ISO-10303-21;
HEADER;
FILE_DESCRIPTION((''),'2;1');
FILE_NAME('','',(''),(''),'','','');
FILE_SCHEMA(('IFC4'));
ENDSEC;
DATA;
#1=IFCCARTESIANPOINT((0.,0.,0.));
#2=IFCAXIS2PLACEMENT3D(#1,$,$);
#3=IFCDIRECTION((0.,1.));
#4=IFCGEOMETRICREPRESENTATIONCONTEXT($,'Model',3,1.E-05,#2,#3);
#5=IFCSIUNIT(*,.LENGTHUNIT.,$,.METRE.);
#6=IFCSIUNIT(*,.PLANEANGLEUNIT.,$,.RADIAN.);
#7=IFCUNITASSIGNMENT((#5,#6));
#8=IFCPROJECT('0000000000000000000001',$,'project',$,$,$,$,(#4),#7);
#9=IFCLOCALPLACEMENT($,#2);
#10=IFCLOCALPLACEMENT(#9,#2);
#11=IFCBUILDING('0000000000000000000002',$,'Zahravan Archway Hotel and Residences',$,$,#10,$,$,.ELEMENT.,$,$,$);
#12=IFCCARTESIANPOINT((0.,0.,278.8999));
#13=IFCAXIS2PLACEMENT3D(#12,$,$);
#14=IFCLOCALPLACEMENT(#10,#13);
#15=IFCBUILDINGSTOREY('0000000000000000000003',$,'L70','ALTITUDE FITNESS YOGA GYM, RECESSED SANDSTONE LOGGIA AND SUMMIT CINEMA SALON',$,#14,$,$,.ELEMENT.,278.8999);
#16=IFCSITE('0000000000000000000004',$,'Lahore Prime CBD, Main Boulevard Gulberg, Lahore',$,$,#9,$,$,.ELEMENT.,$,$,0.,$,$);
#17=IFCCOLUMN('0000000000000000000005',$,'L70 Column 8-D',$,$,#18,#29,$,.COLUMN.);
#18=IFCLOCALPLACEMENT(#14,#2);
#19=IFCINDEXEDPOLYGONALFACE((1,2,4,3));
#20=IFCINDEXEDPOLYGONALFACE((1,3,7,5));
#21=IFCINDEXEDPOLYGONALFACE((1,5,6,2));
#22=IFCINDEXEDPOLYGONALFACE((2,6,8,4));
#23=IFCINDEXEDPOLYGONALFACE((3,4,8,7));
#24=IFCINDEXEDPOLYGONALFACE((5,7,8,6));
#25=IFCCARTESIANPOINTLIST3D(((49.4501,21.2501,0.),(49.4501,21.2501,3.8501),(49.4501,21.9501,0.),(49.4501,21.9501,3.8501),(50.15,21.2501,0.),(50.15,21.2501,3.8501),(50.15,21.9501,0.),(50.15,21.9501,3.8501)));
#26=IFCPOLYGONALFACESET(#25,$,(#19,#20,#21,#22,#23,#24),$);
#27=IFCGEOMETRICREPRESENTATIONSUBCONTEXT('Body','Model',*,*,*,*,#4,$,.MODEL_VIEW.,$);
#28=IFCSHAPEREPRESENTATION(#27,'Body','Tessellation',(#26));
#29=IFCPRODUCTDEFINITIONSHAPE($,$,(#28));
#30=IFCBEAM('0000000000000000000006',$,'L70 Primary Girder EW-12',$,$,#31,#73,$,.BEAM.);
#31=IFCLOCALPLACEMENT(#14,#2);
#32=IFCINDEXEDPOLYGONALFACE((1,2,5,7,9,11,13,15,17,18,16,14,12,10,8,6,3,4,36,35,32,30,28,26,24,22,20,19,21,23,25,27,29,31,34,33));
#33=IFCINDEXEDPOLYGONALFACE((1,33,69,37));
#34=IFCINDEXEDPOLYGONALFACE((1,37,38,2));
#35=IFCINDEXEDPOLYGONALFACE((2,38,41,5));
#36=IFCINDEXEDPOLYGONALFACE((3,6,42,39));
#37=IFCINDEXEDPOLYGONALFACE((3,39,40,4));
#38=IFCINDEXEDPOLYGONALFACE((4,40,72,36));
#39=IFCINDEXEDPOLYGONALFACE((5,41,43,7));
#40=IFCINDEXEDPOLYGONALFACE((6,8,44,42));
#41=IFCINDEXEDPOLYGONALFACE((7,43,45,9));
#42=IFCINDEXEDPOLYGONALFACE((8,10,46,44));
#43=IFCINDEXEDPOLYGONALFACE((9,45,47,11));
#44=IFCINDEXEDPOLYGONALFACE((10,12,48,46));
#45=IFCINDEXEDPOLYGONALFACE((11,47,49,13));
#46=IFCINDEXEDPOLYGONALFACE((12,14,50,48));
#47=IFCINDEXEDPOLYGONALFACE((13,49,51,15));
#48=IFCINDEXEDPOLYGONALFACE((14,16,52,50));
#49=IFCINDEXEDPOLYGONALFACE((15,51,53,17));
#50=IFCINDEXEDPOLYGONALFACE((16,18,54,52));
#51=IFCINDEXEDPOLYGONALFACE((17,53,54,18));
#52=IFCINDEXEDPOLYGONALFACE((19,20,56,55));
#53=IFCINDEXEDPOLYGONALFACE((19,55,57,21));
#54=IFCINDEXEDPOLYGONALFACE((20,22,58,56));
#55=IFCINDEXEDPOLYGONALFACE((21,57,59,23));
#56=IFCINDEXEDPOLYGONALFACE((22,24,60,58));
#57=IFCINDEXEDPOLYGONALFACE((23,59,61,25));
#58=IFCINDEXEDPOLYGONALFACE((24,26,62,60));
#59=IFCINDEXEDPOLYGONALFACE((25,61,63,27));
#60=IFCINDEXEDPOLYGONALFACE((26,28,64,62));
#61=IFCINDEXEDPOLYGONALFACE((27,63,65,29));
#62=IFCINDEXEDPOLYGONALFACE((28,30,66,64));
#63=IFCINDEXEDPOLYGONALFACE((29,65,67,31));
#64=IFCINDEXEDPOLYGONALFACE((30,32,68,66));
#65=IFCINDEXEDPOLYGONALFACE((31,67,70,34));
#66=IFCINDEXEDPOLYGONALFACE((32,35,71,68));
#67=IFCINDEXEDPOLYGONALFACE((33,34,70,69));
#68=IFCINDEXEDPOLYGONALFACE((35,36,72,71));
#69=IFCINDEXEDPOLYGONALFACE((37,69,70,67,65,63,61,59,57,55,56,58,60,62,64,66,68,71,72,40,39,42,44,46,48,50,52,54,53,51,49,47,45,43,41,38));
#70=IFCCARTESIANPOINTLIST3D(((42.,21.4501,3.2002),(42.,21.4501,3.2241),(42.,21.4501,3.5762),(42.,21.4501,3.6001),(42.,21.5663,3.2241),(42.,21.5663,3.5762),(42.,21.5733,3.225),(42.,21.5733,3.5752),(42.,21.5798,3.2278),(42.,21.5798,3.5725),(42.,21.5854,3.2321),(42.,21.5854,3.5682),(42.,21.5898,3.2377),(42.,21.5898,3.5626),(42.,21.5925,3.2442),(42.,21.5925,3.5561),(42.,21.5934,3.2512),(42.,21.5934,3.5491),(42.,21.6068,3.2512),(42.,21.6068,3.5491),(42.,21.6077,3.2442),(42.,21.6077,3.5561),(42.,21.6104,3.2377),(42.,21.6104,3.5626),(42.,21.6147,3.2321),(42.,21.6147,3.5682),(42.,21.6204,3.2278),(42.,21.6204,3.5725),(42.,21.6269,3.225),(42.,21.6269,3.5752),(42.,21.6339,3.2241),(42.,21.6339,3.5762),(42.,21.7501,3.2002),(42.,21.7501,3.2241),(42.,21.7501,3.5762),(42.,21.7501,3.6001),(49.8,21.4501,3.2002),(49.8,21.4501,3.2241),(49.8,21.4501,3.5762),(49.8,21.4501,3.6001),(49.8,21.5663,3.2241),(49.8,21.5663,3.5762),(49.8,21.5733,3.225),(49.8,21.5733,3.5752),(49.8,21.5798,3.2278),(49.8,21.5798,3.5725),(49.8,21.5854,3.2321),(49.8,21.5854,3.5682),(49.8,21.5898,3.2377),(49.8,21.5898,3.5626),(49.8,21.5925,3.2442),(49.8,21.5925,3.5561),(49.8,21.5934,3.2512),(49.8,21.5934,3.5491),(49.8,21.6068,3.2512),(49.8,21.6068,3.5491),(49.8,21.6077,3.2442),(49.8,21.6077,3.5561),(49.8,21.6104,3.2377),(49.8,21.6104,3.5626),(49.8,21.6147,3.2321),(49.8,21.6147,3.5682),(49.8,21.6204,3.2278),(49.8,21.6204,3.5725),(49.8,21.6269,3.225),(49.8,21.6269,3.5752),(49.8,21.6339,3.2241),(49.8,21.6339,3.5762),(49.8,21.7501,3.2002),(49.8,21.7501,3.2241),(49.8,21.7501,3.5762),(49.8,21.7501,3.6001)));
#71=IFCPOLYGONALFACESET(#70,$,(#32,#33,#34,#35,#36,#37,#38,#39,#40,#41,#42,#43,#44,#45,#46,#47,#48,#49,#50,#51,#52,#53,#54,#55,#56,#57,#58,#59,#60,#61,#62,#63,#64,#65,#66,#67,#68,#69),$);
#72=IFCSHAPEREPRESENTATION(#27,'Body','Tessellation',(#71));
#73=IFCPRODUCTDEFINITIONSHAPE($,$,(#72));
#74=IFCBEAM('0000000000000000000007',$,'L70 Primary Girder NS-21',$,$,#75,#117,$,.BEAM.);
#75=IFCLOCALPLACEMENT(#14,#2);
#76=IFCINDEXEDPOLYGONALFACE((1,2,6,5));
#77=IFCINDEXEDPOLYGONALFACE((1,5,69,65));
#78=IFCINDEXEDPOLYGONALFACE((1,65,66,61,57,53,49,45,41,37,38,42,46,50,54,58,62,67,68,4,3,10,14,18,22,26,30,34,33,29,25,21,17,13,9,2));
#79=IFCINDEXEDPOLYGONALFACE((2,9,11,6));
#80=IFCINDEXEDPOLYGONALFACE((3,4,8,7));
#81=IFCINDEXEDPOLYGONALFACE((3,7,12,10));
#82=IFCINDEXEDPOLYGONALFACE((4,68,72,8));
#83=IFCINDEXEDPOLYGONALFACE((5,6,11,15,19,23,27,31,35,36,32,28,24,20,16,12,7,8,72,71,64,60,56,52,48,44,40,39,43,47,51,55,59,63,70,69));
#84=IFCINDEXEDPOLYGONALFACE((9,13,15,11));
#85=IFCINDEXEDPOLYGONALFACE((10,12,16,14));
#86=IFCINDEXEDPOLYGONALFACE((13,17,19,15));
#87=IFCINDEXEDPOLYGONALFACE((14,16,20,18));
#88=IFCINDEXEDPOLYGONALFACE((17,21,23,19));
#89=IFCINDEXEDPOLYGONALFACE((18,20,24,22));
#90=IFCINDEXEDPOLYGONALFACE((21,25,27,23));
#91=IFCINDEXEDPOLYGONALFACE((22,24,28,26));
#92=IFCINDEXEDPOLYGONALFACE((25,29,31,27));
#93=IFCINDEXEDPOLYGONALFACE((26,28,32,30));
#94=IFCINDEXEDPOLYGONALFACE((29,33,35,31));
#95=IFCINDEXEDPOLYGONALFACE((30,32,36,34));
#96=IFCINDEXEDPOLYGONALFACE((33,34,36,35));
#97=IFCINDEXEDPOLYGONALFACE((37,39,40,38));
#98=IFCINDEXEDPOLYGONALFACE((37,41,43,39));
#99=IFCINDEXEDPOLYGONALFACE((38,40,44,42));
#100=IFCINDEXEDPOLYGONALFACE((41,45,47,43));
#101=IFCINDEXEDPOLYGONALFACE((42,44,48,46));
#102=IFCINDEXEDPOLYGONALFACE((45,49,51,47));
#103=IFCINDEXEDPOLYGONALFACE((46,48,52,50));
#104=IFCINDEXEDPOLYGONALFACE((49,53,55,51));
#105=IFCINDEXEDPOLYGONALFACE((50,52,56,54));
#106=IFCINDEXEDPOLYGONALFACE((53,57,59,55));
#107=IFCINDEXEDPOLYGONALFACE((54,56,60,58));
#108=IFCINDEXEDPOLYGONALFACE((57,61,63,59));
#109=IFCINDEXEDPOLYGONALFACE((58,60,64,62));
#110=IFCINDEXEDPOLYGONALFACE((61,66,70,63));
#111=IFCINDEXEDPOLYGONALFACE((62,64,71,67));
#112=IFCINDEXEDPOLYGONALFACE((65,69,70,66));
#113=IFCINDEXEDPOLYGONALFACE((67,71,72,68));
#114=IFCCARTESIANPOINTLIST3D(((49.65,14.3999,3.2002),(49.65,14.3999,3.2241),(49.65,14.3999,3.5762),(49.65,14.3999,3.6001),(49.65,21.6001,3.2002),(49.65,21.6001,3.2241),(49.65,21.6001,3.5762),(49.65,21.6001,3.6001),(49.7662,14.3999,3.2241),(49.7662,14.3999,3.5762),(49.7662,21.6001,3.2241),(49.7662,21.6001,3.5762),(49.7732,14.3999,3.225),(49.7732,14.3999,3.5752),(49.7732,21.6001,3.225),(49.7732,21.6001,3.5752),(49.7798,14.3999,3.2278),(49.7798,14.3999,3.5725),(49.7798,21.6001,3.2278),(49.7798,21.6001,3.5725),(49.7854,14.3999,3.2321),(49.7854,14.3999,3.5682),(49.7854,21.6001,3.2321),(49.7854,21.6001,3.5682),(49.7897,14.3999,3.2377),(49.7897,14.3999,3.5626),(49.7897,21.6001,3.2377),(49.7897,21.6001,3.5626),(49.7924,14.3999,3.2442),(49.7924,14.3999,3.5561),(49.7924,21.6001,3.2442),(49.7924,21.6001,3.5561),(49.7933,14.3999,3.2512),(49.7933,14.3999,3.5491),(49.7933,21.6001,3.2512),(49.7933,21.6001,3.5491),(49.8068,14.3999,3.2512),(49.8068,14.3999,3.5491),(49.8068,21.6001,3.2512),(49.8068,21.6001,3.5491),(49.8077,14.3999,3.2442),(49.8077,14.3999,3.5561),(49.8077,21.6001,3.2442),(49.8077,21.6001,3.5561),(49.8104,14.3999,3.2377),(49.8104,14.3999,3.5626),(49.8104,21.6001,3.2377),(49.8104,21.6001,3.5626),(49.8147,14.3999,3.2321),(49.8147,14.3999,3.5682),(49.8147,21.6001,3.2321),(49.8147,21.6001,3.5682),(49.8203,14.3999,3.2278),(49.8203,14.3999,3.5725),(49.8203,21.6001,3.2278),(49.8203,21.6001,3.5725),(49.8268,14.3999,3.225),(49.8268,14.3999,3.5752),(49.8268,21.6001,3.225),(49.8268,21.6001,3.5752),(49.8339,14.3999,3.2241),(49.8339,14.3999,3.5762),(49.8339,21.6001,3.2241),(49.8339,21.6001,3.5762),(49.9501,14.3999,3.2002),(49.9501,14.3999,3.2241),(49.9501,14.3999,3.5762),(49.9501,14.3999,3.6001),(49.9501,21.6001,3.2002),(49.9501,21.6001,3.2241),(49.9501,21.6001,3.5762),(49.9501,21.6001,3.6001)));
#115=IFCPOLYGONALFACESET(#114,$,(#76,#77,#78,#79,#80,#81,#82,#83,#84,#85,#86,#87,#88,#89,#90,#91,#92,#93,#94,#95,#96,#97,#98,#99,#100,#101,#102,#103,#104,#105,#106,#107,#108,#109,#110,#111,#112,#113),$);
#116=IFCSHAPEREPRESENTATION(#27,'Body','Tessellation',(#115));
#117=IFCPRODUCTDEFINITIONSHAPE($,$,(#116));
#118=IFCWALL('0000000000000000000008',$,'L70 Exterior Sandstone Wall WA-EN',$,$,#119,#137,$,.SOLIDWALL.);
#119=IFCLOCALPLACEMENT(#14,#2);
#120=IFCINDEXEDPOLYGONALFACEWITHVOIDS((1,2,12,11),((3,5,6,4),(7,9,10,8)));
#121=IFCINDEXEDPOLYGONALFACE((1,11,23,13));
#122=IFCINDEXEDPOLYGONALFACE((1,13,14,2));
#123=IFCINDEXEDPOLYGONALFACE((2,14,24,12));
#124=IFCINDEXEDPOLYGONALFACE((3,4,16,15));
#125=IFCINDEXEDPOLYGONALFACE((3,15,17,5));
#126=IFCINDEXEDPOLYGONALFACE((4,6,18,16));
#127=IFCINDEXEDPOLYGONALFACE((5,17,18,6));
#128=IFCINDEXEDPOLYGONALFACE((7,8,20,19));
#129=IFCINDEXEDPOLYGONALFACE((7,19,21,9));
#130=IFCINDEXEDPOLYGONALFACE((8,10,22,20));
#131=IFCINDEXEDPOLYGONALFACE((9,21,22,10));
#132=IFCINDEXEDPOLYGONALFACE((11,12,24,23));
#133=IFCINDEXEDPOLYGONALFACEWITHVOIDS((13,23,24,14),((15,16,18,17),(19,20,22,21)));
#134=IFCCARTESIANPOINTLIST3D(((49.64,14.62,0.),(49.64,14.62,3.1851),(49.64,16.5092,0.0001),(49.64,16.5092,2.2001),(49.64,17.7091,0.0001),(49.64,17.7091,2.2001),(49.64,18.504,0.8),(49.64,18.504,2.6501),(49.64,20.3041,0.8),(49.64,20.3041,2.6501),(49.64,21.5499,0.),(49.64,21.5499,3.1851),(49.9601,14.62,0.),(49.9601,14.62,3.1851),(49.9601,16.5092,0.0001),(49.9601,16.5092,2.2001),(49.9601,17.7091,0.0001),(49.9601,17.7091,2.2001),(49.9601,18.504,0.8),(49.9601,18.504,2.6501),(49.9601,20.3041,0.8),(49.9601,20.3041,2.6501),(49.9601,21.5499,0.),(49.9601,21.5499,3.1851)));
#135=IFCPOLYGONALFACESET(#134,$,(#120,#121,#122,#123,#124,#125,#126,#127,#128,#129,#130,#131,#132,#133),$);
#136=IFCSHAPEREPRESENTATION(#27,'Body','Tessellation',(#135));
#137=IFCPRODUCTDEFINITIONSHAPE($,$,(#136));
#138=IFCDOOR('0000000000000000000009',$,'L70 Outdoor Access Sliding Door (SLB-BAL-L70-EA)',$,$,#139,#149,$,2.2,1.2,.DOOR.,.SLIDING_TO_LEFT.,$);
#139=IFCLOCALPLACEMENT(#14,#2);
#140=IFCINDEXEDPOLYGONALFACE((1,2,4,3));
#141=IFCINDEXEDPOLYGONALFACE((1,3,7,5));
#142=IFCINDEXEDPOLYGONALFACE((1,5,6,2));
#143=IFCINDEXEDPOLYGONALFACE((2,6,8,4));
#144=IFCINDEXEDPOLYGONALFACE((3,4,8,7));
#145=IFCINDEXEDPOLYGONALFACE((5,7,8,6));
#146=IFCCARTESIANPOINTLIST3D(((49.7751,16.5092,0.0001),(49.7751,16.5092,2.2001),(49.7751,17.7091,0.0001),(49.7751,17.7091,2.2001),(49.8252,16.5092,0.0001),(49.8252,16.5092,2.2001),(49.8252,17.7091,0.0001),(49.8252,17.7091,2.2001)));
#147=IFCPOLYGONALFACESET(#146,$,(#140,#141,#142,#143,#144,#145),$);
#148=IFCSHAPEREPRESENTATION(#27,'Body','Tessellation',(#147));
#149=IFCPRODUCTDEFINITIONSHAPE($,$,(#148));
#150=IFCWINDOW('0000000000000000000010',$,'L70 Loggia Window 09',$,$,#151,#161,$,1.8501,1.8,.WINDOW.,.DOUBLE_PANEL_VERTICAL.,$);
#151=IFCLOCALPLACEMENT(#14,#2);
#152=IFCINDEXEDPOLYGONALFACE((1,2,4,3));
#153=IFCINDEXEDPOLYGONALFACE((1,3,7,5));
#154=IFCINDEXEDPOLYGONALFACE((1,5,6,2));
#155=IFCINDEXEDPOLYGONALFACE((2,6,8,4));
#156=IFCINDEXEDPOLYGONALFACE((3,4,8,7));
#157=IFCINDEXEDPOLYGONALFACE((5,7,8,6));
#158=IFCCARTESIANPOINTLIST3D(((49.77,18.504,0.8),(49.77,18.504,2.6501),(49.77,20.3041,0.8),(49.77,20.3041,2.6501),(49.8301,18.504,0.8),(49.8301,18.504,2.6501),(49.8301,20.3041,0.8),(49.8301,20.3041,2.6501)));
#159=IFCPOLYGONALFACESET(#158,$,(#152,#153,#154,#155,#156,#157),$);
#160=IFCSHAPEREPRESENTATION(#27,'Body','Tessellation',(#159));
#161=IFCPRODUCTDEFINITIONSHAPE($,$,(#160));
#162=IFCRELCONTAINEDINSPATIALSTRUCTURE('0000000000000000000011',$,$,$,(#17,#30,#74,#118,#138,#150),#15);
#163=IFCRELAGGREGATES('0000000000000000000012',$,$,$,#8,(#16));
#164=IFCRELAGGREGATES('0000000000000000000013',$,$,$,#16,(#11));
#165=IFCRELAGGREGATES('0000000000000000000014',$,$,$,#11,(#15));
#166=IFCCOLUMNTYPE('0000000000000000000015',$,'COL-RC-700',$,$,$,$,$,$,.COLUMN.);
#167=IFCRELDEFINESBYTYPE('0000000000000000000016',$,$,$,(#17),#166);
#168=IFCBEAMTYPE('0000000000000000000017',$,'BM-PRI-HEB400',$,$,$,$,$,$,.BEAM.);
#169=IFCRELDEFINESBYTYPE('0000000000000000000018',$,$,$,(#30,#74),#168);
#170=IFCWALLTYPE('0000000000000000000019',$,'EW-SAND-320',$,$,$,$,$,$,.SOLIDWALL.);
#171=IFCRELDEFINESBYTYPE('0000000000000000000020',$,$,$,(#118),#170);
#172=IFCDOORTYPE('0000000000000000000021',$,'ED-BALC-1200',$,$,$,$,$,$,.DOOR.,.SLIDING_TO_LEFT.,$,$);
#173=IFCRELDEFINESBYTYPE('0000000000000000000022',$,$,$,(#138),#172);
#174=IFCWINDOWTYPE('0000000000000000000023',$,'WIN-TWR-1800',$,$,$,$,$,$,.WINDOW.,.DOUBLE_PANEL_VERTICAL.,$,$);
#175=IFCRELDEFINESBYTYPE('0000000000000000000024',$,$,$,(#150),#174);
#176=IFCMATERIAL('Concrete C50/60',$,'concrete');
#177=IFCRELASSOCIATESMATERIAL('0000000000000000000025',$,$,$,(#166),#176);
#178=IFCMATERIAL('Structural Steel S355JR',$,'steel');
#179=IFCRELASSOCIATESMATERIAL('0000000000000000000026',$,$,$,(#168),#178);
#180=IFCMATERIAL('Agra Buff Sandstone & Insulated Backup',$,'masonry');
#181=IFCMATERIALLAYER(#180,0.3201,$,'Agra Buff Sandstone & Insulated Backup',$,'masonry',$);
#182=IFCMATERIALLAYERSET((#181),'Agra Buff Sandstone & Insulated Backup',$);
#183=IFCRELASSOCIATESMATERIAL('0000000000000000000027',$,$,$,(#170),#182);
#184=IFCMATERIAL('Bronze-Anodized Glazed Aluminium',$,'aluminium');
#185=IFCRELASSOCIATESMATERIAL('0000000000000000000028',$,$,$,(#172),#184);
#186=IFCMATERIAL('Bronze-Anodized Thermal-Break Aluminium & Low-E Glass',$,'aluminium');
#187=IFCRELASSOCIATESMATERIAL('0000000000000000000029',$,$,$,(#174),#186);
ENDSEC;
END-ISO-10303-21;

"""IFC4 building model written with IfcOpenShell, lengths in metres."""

from ifc_helpers import new_model, si_unit, direction, frame, frame_2d, origin, origin_2d, place, context, subcontext, project, spatial, rectangle, i_section, extrude, source, transform, mapped, material, layer, layer_set, material_profile, profile_set, type_object, type_shapes, element, fill, save


model = new_model("IFC4")

# Units and contexts
model_context = context("Model", 3, precision=1e-05, world=origin(), true_north=direction((0.0, 1.0)))
body_context = subcontext(model_context, "Body", "Model", "MODEL_VIEW")
ifc_project = project(units=[si_unit("LENGTHUNIT", "METRE"), si_unit("PLANEANGLEUNIT", "RADIAN")], contexts=[model_context])

# Site, building, storey
site_placement = place(None, origin())
site = spatial("IfcSite", under=ifc_project, at=site_placement, Name="Lahore Prime CBD, Main Boulevard Gulberg, Lahore", CompositionType="ELEMENT", RefElevation=0.0)
building_placement = place(site_placement, origin())
building = spatial("IfcBuilding", under=site, at=building_placement, Name="Zahravan Archway Hotel and Residences", CompositionType="ELEMENT")
storey_placement = place(building_placement, frame((0.0, 0.0, 278.8999)))
storey = spatial("IfcBuildingStorey", under=building, at=storey_placement, Name="L70", Description="ALTITUDE FITNESS YOGA GYM, RECESSED SANDSTONE LOGGIA AND SUMMIT CINEMA SALON", CompositionType="ELEMENT", Elevation=278.8999)

# Column
ifc_material_1 = material(Name="Concrete C50/60", Category="concrete")
ifc_material_profile_1 = material_profile(ifc_material_1, rectangle(XDim=0.7, YDim=0.7, at=origin_2d()), Name="RC-COL-700x700", Category="concrete")
ifc_profile_set_1 = profile_set([ifc_material_profile_1], Name="Concrete C50/60")
column_type = type_object("IfcColumnType", Name="COL-RC-700", PredefinedType="COLUMN", material=ifc_profile_set_1)
shared_shape_1 = source(origin(), body_context, "Body", "SweptSolid", [
    extrude(rectangle(XDim=0.7, YDim=0.7, at=origin_2d()), origin(), (0.0, 0.0, 1.0), 3.8501),
])
column_placement = place(storey_placement, frame((49.8, 21.6001, 0.0), z_axis=(0.0, 0.0, 1.0), x_axis=(1.0, 0.0, 0.0)))
element("IfcColumn", 1, at=column_placement, inside=storey, type_object=column_type, Name="L70 Column 8-D", PredefinedType="COLUMN", context=body_context, shape_type="MappedRepresentation", body=[
    mapped(shared_shape_1, transform((0.0, 0.0, 0.0), scale=1.0)),
])

# Beams
ifc_material_2 = material(Name="Structural Steel S355JR", Category="steel")
ifc_material_profile_2 = material_profile(ifc_material_2, i_section(OverallWidth=0.3, OverallDepth=0.3999, WebThickness=0.0134, FlangeThickness=0.0239, FilletRadius=0.0271, at=origin_2d()), Name="HEB 400", Category="steel")
ifc_profile_set_2 = profile_set([ifc_material_profile_2], Name="Structural Steel S355JR")
beam_type = type_object("IfcBeamType", Name="BM-PRI-HEB400", PredefinedType="BEAM", material=ifc_profile_set_2)
shared_shape_2 = source(origin(), body_context, "Body", "SweptSolid", [
    extrude(i_section(OverallWidth=0.3, OverallDepth=0.3999, WebThickness=0.0134, FlangeThickness=0.0239, FilletRadius=0.0271, at=origin_2d()), origin(), (0.0, 0.0, 1.0), 7.8),
])
beam_1_placement = place(storey_placement, frame((42.0, 21.6001, 3.4001), z_axis=(1.0, 0.0, 0.0), x_axis=(0.0, 1.0, 0.0)))
element("IfcBeam", 2, at=beam_1_placement, inside=storey, type_object=beam_type, Name="L70 Primary Girder EW-12", PredefinedType="BEAM", context=body_context, shape_type="MappedRepresentation", body=[
    mapped(shared_shape_2, transform((0.0, 0.0, 0.0), scale=1.0)),
])
shared_shape_3 = source(origin(), body_context, "Body", "SweptSolid", [
    extrude(i_section(OverallWidth=0.3, OverallDepth=0.3999, WebThickness=0.0134, FlangeThickness=0.0239, FilletRadius=0.0271, at=origin_2d()), origin(), (0.0, 0.0, 1.0), 7.2002),
])
beam_2_placement = place(storey_placement, frame((49.8, 14.3999, 3.4001), z_axis=(0.0, 1.0, 0.0), x_axis=(-1.0, 0.0, 0.0)))
element("IfcBeam", 3, at=beam_2_placement, inside=storey, type_object=beam_type, Name="L70 Primary Girder NS-21", PredefinedType="BEAM", context=body_context, shape_type="MappedRepresentation", body=[
    mapped(shared_shape_3, transform((0.0, 0.0, 0.0), scale=1.0)),
])

# Wall, openings, door, window
ifc_material_3 = material(Name="Agra Buff Sandstone & Insulated Backup", Category="masonry")
ifc_layer_1 = layer(ifc_material_3, 0.3201, Name="Agra Buff Sandstone & Insulated Backup", Category="masonry")
ifc_layer_set_1 = layer_set([ifc_layer_1], Name="Agra Buff Sandstone & Insulated Backup")
wall_type_1 = type_object("IfcWallType", Name="EW-SAND-320", PredefinedType="SOLIDWALL", material=ifc_layer_set_1)
wall_1_placement = place(storey_placement, frame((49.8, 14.6201, 0.0), z_axis=(0.0, 0.0, 1.0), x_axis=(0.0, 1.0, 0.0)))
wall_1 = element("IfcWall", 4, at=wall_1_placement, inside=storey, type_object=wall_type_1, Name="L70 Exterior Sandstone Wall WA-EN", PredefinedType="SOLIDWALL", context=body_context, shape_type="SweptSolid", body=[
    extrude(rectangle(XDim=6.9299, YDim=0.3201, at=frame_2d((3.4648, 0.0))), origin(), (0.0, 0.0, 1.0), 3.1851),
])
opening_1_placement = place(wall_1_placement, frame((1.8889, 0.0, 0.0)))
opening_1 = element("IfcOpeningElement", 5, at=opening_1_placement, cuts=wall_1, PredefinedType="OPENING", context=body_context, shape_type="SweptSolid", body=[
    extrude(rectangle(XDim=1.2, YDim=2.2, at=frame_2d((0.6001, 1.1001))), frame((0.0, 0.1699, 0.0), z_axis=(0.0, -1.0, 0.0), x_axis=(1.0, 0.0, 0.0)), (0.0, 0.0, 1.0), 0.3401),
])
opening_2_placement = place(wall_1_placement, frame((3.884, 0.0, 0.8)))
opening_2 = element("IfcOpeningElement", 6, at=opening_2_placement, cuts=wall_1, PredefinedType="OPENING", context=body_context, shape_type="SweptSolid", body=[
    extrude(rectangle(XDim=1.8, YDim=1.8501, at=frame_2d((0.8999, 0.925))), frame((0.0, 0.1699, 0.0), z_axis=(0.0, -1.0, 0.0), x_axis=(1.0, 0.0, 0.0)), (0.0, 0.0, 1.0), 0.3401),
])
ifc_material_4 = material(Name="Bronze-Anodized Glazed Aluminium", Category="aluminium")
door_type_1 = type_object("IfcDoorType", Name="ED-BALC-1200", OperationType="SLIDING_TO_LEFT", PredefinedType="DOOR", material=ifc_material_4)
shared_shape_4 = source(origin(), body_context, "Body", "SweptSolid", [
    extrude(rectangle(XDim=1.2, YDim=2.2, at=frame_2d((0.6001, 1.1001))), frame((0.0, 0.0249, 0.0), z_axis=(0.0, -1.0, 0.0), x_axis=(1.0, 0.0, 0.0)), (0.0, 0.0, 1.0), 0.05),
])
type_shapes(door_type_1, [shared_shape_4])
door_1_placement = place(opening_1_placement, origin())
door_1 = element("IfcDoor", 7, at=door_1_placement, inside=storey, type_object=door_type_1, Name="L70 Outdoor Access Sliding Door (SLB-BAL-L70-EA)", OperationType="SLIDING_TO_LEFT", OverallHeight=2.2, OverallWidth=1.2, PredefinedType="DOOR", context=body_context, shape_type="MappedRepresentation", body=[
    mapped(shared_shape_4, transform((0.0, 0.0, 0.0), scale=1.0)),
])
fill(opening_1, door_1)
ifc_material_5 = material(Name="Bronze-Anodized Thermal-Break Aluminium & Low-E Glass", Category="aluminium")
window_type = type_object("IfcWindowType", Name="WIN-TWR-1800", PartitioningType="DOUBLE_PANEL_VERTICAL", PredefinedType="WINDOW", material=ifc_material_5)
shared_shape_5 = source(origin(), body_context, "Body", "SweptSolid", [
    extrude(rectangle(XDim=1.8, YDim=1.8501, at=frame_2d((0.8999, 0.925))), frame((0.0, 0.03, 0.0), z_axis=(0.0, -1.0, 0.0), x_axis=(1.0, 0.0, 0.0)), (0.0, 0.0, 1.0), 0.0601),
])
type_shapes(window_type, [shared_shape_5])
window_placement = place(opening_2_placement, origin())
window = element("IfcWindow", 8, at=window_placement, inside=storey, type_object=window_type, Name="L70 Loggia Window 09", OverallHeight=1.8501, OverallWidth=1.8, PartitioningType="DOUBLE_PANEL_VERTICAL", PredefinedType="WINDOW", context=body_context, shape_type="MappedRepresentation", body=[
    mapped(shared_shape_5, transform((0.0, 0.0, 0.0), scale=1.0)),
])
fill(opening_2, window)

save(model, "model.ifc")
